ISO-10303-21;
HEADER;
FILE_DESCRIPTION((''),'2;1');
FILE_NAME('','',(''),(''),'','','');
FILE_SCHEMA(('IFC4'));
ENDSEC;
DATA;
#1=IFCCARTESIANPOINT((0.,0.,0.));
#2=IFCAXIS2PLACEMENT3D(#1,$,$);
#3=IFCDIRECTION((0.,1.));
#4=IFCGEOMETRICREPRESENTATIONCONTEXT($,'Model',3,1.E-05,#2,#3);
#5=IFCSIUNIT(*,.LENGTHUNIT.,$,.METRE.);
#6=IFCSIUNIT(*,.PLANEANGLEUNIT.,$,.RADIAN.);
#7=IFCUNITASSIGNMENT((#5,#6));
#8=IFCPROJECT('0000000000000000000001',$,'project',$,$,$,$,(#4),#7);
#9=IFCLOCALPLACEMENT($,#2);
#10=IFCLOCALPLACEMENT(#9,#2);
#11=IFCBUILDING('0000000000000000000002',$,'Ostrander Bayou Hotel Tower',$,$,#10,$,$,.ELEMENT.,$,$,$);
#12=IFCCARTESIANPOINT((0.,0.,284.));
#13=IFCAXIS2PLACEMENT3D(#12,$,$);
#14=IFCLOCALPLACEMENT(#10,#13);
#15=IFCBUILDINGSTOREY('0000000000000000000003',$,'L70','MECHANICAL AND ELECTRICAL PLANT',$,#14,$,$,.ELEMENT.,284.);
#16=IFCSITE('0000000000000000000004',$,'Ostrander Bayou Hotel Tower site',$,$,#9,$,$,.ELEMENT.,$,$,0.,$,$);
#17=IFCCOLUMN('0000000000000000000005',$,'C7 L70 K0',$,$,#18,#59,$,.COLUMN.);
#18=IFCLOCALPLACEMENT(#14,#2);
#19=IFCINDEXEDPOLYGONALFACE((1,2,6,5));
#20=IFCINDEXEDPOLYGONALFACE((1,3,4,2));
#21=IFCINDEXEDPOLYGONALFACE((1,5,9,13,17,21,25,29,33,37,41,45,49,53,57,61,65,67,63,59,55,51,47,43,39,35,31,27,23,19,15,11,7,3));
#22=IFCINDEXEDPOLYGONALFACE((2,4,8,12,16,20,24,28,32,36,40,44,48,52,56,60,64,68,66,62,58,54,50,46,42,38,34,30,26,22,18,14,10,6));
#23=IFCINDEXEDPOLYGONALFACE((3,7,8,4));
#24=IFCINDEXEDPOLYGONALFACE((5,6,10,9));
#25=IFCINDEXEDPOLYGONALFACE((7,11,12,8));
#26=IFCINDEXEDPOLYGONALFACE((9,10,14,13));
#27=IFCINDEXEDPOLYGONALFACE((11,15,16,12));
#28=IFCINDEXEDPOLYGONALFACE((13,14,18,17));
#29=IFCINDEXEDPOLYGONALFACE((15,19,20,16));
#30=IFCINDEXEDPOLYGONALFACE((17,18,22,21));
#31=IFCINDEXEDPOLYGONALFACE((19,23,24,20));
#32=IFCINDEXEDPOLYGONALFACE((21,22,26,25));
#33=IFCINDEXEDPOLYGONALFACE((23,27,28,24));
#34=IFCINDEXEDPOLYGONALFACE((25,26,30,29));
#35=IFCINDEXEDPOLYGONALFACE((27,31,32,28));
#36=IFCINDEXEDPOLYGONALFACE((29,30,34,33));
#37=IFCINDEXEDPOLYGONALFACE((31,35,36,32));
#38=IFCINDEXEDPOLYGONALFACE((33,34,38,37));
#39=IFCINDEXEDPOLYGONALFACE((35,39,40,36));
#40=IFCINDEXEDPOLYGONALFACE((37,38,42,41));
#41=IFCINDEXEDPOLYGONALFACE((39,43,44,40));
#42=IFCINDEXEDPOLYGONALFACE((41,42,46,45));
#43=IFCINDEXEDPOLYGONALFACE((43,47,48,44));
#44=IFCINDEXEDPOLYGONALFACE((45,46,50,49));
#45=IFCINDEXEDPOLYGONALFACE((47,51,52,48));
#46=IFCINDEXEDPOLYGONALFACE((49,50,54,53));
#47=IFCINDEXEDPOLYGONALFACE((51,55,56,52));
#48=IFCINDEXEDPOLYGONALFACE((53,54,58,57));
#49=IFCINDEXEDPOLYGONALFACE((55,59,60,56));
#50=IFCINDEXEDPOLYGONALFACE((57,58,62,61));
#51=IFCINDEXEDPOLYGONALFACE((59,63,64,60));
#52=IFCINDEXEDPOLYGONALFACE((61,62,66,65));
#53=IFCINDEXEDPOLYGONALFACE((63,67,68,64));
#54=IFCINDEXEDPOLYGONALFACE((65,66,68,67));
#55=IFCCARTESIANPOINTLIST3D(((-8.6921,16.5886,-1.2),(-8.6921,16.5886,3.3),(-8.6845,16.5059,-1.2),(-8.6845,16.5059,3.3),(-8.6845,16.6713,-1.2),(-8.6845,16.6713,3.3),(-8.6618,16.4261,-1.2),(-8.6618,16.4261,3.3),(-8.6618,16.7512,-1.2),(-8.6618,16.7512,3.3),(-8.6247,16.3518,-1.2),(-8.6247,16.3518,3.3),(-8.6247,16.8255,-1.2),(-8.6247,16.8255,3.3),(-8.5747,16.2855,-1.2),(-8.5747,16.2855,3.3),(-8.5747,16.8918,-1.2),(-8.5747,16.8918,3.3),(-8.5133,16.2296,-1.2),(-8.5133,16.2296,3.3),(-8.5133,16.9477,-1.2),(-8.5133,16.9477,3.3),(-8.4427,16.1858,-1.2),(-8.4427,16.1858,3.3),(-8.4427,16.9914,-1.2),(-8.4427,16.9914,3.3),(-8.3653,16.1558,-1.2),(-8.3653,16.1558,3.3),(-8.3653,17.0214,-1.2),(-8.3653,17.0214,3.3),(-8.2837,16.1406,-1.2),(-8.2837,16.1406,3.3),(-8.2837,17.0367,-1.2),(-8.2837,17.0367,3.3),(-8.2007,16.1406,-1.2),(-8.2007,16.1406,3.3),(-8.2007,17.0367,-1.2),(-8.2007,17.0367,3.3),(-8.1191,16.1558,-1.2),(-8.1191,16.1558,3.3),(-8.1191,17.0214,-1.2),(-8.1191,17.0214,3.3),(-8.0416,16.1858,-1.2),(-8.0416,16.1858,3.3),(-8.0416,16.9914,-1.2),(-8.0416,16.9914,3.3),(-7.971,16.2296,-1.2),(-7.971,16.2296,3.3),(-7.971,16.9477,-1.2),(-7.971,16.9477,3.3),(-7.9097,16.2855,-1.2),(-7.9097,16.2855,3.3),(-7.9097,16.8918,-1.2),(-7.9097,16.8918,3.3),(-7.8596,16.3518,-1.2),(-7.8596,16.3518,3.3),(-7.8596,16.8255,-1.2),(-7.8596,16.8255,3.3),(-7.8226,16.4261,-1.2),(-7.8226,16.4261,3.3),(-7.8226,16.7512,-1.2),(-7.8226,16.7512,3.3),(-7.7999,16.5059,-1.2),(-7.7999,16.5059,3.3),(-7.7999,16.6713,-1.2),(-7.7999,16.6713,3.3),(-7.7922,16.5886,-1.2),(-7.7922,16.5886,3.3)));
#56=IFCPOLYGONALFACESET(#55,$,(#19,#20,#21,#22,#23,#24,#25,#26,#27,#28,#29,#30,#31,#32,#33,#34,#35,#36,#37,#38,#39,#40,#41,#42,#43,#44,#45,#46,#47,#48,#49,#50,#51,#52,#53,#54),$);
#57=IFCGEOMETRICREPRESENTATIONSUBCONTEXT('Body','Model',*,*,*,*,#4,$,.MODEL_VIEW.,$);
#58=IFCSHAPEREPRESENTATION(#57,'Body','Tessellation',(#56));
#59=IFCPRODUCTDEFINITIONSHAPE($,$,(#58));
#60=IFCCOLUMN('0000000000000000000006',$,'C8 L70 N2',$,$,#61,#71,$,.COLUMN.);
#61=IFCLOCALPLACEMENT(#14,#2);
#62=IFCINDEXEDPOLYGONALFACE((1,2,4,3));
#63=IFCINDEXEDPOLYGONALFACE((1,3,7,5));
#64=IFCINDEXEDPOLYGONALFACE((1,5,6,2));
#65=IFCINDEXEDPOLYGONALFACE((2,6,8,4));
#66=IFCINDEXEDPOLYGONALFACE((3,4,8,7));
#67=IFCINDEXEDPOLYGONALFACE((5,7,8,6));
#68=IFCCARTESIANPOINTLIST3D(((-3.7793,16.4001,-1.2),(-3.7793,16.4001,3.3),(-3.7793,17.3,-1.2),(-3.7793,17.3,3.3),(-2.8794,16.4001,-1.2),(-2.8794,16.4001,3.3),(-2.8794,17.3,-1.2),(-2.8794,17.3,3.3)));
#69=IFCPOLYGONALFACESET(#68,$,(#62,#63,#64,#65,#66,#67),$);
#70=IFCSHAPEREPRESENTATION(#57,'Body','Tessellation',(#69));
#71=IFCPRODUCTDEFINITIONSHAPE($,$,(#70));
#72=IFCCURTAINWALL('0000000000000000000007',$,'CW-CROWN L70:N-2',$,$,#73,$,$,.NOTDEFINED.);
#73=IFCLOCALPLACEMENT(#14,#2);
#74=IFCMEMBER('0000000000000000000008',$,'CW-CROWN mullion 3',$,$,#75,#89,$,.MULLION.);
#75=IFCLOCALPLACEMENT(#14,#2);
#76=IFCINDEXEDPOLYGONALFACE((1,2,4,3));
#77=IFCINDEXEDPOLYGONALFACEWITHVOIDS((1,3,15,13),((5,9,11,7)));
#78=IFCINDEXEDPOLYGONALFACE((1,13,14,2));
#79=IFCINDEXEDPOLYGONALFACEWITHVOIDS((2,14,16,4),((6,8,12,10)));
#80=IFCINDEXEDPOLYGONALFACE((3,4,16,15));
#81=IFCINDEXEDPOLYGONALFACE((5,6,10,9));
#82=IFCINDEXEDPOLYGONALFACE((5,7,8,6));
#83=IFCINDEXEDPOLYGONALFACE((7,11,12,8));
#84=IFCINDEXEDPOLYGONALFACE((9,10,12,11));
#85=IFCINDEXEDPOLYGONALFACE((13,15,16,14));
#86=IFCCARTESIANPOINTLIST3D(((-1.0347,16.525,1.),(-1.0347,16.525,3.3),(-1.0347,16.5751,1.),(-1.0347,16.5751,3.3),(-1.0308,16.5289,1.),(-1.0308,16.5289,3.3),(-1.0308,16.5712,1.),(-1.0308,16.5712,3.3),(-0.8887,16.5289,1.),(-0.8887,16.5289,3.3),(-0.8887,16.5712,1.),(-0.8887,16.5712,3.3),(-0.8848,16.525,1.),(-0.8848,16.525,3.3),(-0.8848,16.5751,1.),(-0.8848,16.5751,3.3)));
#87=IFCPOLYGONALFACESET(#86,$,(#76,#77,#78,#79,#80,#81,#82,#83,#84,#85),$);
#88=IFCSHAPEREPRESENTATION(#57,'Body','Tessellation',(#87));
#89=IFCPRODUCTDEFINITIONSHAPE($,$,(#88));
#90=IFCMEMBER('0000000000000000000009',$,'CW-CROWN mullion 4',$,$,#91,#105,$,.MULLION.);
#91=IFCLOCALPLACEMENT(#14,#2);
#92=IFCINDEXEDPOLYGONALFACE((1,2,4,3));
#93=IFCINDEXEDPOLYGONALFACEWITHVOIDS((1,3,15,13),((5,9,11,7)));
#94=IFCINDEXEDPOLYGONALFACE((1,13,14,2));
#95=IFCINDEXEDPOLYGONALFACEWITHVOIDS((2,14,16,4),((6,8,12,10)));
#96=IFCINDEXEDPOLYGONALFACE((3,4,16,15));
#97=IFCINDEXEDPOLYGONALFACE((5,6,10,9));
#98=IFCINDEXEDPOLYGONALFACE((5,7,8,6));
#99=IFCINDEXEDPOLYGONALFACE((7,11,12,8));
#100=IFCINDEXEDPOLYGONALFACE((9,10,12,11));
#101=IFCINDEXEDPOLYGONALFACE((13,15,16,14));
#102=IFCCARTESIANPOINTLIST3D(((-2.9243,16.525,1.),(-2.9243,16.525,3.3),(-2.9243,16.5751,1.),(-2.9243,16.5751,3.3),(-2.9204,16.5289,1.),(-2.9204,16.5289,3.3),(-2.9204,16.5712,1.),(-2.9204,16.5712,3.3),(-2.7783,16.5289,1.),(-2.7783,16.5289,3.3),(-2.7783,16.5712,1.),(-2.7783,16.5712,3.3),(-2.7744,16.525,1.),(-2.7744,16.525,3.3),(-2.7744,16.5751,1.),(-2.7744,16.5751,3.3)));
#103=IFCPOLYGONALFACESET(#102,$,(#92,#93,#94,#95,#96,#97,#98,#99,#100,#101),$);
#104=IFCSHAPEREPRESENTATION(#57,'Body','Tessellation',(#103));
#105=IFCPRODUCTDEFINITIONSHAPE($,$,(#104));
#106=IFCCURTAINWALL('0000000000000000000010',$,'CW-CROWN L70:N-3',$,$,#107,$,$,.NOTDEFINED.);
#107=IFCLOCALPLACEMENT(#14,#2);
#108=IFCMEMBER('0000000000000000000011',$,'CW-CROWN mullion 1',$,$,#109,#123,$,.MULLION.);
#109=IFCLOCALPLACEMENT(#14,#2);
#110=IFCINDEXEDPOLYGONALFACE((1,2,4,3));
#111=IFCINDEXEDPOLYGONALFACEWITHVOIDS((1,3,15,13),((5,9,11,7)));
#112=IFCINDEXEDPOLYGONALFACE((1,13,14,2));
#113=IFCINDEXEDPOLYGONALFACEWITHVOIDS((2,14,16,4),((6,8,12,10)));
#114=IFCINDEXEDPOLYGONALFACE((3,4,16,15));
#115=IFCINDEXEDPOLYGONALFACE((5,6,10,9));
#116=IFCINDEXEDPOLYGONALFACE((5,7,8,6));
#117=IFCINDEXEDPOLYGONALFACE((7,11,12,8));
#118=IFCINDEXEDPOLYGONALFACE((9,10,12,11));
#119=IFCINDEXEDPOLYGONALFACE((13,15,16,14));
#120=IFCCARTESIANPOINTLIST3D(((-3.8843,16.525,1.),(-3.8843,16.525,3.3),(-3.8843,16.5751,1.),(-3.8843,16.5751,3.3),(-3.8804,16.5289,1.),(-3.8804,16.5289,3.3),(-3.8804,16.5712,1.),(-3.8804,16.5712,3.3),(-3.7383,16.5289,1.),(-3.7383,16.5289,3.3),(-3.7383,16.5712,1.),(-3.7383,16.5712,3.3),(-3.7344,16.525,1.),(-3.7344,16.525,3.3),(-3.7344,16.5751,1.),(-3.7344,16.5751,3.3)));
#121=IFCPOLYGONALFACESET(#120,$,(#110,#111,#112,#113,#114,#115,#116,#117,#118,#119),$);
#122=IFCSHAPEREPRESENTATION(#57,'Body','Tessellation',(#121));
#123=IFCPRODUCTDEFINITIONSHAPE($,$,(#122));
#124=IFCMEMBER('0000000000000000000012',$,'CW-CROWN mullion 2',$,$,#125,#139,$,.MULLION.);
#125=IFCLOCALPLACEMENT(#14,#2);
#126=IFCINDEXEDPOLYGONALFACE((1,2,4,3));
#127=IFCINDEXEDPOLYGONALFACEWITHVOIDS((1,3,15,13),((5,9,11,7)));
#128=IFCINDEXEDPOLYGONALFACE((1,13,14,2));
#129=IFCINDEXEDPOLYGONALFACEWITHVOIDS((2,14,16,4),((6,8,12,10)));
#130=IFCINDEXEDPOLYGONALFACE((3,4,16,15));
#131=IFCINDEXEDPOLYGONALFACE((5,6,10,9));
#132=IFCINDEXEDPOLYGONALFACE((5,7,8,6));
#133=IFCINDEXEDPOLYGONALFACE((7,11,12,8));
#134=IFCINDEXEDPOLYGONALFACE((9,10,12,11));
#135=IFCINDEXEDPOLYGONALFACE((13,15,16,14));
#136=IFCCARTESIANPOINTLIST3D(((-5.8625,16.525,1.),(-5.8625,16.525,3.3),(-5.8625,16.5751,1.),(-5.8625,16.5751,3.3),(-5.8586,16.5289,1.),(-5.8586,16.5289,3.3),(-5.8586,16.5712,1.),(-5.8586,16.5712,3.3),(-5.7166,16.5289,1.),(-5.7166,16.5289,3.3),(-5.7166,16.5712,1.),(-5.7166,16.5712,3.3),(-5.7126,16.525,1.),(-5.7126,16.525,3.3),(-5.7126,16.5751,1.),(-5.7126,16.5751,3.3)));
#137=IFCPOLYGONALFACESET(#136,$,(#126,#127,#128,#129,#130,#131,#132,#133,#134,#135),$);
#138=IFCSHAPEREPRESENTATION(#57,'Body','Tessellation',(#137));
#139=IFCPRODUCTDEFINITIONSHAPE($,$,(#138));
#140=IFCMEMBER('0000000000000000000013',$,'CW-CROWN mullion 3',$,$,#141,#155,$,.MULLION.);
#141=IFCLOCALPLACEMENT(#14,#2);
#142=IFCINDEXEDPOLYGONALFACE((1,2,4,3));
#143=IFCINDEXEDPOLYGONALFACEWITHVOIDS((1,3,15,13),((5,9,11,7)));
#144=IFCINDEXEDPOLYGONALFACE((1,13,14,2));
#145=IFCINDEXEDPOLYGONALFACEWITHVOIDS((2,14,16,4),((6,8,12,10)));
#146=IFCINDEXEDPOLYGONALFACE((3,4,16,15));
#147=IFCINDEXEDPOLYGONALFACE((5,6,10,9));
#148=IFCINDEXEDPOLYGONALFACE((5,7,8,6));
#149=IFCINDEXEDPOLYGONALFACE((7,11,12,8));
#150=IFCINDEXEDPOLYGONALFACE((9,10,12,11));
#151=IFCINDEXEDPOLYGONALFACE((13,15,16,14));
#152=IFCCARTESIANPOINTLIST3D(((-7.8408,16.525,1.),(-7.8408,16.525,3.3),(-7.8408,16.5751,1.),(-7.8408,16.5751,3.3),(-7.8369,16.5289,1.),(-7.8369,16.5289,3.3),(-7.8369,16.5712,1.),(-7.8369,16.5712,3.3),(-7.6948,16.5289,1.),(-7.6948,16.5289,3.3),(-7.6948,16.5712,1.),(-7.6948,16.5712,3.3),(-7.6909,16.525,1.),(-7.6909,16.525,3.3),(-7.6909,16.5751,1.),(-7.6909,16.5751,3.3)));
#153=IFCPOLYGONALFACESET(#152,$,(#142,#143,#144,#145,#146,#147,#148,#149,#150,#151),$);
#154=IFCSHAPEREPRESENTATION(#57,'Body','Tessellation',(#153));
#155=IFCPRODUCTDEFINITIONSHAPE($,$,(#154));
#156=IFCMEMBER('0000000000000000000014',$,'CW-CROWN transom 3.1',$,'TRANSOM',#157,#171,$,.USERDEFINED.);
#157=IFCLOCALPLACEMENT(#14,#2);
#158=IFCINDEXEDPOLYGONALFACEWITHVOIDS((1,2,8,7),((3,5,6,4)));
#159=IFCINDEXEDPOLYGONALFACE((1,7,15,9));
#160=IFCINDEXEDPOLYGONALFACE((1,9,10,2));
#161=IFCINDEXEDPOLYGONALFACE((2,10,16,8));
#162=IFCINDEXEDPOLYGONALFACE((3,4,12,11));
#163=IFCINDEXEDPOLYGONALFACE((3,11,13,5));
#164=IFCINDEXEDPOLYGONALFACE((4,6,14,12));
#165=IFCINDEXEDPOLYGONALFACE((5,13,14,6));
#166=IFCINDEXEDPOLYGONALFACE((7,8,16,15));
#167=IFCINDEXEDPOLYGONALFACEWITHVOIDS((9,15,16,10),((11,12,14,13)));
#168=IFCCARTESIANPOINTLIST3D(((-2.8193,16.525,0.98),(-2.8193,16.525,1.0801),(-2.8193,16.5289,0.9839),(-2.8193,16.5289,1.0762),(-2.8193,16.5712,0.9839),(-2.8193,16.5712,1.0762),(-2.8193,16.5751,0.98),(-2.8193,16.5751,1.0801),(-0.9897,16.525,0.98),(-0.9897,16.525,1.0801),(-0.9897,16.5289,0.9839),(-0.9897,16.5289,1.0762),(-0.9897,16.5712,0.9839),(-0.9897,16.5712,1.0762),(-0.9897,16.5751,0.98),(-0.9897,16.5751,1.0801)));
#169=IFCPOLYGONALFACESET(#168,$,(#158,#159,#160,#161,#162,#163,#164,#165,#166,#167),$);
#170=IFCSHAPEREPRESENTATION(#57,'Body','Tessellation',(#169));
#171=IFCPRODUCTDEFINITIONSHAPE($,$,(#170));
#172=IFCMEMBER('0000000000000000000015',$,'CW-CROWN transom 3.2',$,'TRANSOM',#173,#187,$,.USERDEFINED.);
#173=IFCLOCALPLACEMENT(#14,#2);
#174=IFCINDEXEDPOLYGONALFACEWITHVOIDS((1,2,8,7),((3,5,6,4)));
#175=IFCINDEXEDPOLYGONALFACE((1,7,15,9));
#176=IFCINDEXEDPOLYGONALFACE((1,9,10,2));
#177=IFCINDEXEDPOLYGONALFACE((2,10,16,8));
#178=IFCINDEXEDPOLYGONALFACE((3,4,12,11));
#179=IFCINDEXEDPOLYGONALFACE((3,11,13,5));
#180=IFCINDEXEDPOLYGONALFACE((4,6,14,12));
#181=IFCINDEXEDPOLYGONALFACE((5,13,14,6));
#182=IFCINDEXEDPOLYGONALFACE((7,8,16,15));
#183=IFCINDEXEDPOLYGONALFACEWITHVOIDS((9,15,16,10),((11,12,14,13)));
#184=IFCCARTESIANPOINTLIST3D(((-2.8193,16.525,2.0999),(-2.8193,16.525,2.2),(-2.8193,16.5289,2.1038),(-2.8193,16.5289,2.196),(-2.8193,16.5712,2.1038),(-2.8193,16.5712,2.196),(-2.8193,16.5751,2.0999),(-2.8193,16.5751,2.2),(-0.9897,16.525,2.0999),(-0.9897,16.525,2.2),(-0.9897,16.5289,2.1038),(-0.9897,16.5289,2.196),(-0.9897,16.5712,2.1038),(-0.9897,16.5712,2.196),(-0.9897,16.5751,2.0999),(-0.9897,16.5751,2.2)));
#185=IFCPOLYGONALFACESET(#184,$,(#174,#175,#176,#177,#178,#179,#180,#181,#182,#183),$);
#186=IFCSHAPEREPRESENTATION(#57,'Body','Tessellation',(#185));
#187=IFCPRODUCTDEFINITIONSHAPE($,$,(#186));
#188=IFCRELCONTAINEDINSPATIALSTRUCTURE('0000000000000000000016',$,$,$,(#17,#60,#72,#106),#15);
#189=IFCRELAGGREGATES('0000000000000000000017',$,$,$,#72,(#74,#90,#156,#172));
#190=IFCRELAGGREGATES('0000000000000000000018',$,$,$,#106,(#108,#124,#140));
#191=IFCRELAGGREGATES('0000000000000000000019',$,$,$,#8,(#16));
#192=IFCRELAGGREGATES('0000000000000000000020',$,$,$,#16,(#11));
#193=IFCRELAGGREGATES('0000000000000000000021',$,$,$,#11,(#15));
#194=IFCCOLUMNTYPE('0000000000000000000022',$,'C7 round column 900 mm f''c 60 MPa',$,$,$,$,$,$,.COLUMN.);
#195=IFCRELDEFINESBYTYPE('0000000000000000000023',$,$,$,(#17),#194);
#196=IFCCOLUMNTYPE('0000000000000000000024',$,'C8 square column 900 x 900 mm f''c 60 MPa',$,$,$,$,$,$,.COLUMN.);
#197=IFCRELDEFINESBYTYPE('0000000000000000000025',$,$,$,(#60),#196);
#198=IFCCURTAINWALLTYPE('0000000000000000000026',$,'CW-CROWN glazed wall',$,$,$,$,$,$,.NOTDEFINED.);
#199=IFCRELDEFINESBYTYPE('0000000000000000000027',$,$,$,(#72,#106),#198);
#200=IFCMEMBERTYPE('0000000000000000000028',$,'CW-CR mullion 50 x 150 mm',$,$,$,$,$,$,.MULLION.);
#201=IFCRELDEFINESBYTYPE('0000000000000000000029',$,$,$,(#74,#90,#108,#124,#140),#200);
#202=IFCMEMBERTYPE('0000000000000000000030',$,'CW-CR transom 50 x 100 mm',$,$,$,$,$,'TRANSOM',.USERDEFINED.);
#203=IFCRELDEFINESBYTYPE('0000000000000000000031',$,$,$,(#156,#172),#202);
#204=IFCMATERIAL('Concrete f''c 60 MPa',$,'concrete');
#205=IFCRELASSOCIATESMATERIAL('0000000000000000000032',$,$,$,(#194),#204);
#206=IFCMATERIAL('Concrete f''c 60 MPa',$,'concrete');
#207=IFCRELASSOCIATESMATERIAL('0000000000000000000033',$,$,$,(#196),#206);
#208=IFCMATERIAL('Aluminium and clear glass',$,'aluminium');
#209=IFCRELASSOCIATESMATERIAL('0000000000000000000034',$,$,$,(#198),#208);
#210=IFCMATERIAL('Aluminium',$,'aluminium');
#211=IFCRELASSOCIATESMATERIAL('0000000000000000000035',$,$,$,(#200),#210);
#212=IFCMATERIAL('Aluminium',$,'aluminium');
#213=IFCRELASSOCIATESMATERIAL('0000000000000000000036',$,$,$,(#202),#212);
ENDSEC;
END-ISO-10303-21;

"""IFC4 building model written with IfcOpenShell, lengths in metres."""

from ifc_helpers import new_model, si_unit, direction, frame, origin, origin_2d, place, context, subcontext, project, spatial, rectangle, hollow_rectangle, circle, extrude, material, material_profile, profile_set, type_object, element, aggregate, save


model = new_model("IFC4")

# Units and contexts
model_context = context("Model", 3, precision=1e-05, world=origin(), true_north=direction((0.0, 1.0)))
body_context = subcontext(model_context, "Body", "Model", "MODEL_VIEW")
ifc_project = project(units=[si_unit("LENGTHUNIT", "METRE"), si_unit("PLANEANGLEUNIT", "RADIAN")], contexts=[model_context])

# Site, building, storey
site_placement = place(None, origin())
site = spatial("IfcSite", under=ifc_project, at=site_placement, Name="Ostrander Bayou Hotel Tower site", CompositionType="ELEMENT", RefElevation=0.0)
building_placement = place(site_placement, origin())
building = spatial("IfcBuilding", under=site, at=building_placement, Name="Ostrander Bayou Hotel Tower", CompositionType="ELEMENT")
storey_placement = place(building_placement, frame((0.0, 0.0, 284.0)))
storey = spatial("IfcBuildingStorey", under=building, at=storey_placement, Name="L70", Description="MECHANICAL AND ELECTRICAL PLANT", CompositionType="ELEMENT", Elevation=284.0)

# Columns
ifc_material_1 = material(Name="Concrete f'c 60 MPa", Category="concrete")
ifc_material_profile_1 = material_profile(ifc_material_1, circle(Radius=0.45, at=origin_2d()))
ifc_profile_set_1 = profile_set([ifc_material_profile_1], Name="Concrete f'c 60 MPa")
column_type_1 = type_object("IfcColumnType", Name="C7 round column 900 mm f'c 60 MPa", PredefinedType="COLUMN", material=ifc_profile_set_1)
column_1_placement = place(storey_placement, frame((-8.2422, 16.5886, -1.2), z_axis=(0.0, 0.0, 1.0), x_axis=(1.0, 0.0, 0.0)))
element("IfcColumn", 1, at=column_1_placement, inside=storey, type_object=column_type_1, Name="C7 L70 K0", PredefinedType="COLUMN", context=body_context, shape_type="SweptSolid", body=[
    extrude(circle(Radius=0.45, at=origin_2d()), origin(), (0.0, 0.0, 1.0), 4.5),
])
ifc_material_2 = material(Name="Concrete f'c 60 MPa", Category="concrete")
ifc_material_profile_2 = material_profile(ifc_material_2, rectangle(XDim=0.8999, YDim=0.8999, at=origin_2d()))
ifc_profile_set_2 = profile_set([ifc_material_profile_2], Name="Concrete f'c 60 MPa")
column_type_2 = type_object("IfcColumnType", Name="C8 square column 900 x 900 mm f'c 60 MPa", PredefinedType="COLUMN", material=ifc_profile_set_2)
column_2_placement = place(storey_placement, frame((-3.3293, 16.8501, -1.2), z_axis=(0.0, 0.0, 1.0), x_axis=(1.0, 0.0, 0.0)))
element("IfcColumn", 2, at=column_2_placement, inside=storey, type_object=column_type_2, Name="C8 L70 N2", PredefinedType="COLUMN", context=body_context, shape_type="SweptSolid", body=[
    extrude(rectangle(XDim=0.8999, YDim=0.8999, at=origin_2d()), origin(), (0.0, 0.0, 1.0), 4.5),
])

# Curtain walls, members
ifc_material_3 = material(Name="Aluminium and clear glass", Category="aluminium")
curtain_wall_type = type_object("IfcCurtainWallType", Name="CW-CROWN glazed wall", PredefinedType="NOTDEFINED", material=ifc_material_3)
curtain_wall_1_placement = place(storey_placement, origin())
curtain_wall_1 = element("IfcCurtainWall", 3, at=curtain_wall_1_placement, inside=storey, type_object=curtain_wall_type, Name="CW-CROWN L70:N-2", PredefinedType="NOTDEFINED")
ifc_material_4 = material(Name="Aluminium", Category="aluminium")
ifc_material_profile_3 = material_profile(ifc_material_4, hollow_rectangle(XDim=0.05, YDim=0.1499, WallThickness=0.0039, at=origin_2d()))
ifc_profile_set_3 = profile_set([ifc_material_profile_3], Name="Aluminium")
member_type_1 = type_object("IfcMemberType", Name="CW-CR mullion 50 x 150 mm", PredefinedType="MULLION", material=ifc_profile_set_3)
member_1_placement = place(storey_placement, frame((-0.9597, 16.55, 1.0), z_axis=(0.0, 0.0, 1.0), x_axis=(0.0, -1.0, 0.0)))
member_1 = element("IfcMember", 4, at=member_1_placement, type_object=member_type_1, Name="CW-CROWN mullion 3", PredefinedType="MULLION", context=body_context, shape_type="SweptSolid", body=[
    extrude(hollow_rectangle(XDim=0.05, YDim=0.1499, WallThickness=0.0039, at=origin_2d()), origin(), (0.0, 0.0, 1.0), 2.3),
])
member_2_placement = place(storey_placement, frame((-2.8494, 16.55, 1.0), z_axis=(0.0, 0.0, 1.0), x_axis=(0.0, -1.0, 0.0)))
member_2 = element("IfcMember", 5, at=member_2_placement, type_object=member_type_1, Name="CW-CROWN mullion 4", PredefinedType="MULLION", context=body_context, shape_type="SweptSolid", body=[
    extrude(hollow_rectangle(XDim=0.05, YDim=0.1499, WallThickness=0.0039, at=origin_2d()), origin(), (0.0, 0.0, 1.0), 2.3),
])
curtain_wall_2_placement = place(storey_placement, origin())
curtain_wall_2 = element("IfcCurtainWall", 6, at=curtain_wall_2_placement, inside=storey, type_object=curtain_wall_type, Name="CW-CROWN L70:N-3", PredefinedType="NOTDEFINED")
member_3_placement = place(storey_placement, frame((-3.8093, 16.55, 1.0), z_axis=(0.0, 0.0, 1.0), x_axis=(0.0, -1.0, 0.0)))
member_3 = element("IfcMember", 7, at=member_3_placement, type_object=member_type_1, Name="CW-CROWN mullion 1", PredefinedType="MULLION", context=body_context, shape_type="SweptSolid", body=[
    extrude(hollow_rectangle(XDim=0.05, YDim=0.1499, WallThickness=0.0039, at=origin_2d()), origin(), (0.0, 0.0, 1.0), 2.3),
])
member_4_placement = place(storey_placement, frame((-5.7876, 16.55, 1.0), z_axis=(0.0, 0.0, 1.0), x_axis=(0.0, -1.0, 0.0)))
member_4 = element("IfcMember", 8, at=member_4_placement, type_object=member_type_1, Name="CW-CROWN mullion 2", PredefinedType="MULLION", context=body_context, shape_type="SweptSolid", body=[
    extrude(hollow_rectangle(XDim=0.05, YDim=0.1499, WallThickness=0.0039, at=origin_2d()), origin(), (0.0, 0.0, 1.0), 2.3),
])
member_5_placement = place(storey_placement, frame((-7.7659, 16.55, 1.0), z_axis=(0.0, 0.0, 1.0), x_axis=(0.0, -1.0, 0.0)))
member_5 = element("IfcMember", 9, at=member_5_placement, type_object=member_type_1, Name="CW-CROWN mullion 3", PredefinedType="MULLION", context=body_context, shape_type="SweptSolid", body=[
    extrude(hollow_rectangle(XDim=0.05, YDim=0.1499, WallThickness=0.0039, at=origin_2d()), origin(), (0.0, 0.0, 1.0), 2.3),
])

# Members
ifc_material_5 = material(Name="Aluminium", Category="aluminium")
ifc_material_profile_4 = material_profile(ifc_material_5, hollow_rectangle(XDim=0.05, YDim=0.1001, WallThickness=0.0039, at=origin_2d()))
ifc_profile_set_4 = profile_set([ifc_material_profile_4], Name="Aluminium")
member_type_2 = type_object("IfcMemberType", Name="CW-CR transom 50 x 100 mm", ElementType="TRANSOM", PredefinedType="USERDEFINED", material=ifc_profile_set_4)
member_6_placement = place(storey_placement, frame((-0.9897, 16.55, 1.03), z_axis=(-1.0, 0.0, 0.0), x_axis=(0.0, -1.0, 0.0)))
member_6 = element("IfcMember", 10, at=member_6_placement, type_object=member_type_2, Name="CW-CROWN transom 3.1", ObjectType="TRANSOM", PredefinedType="USERDEFINED", context=body_context, shape_type="SweptSolid", body=[
    extrude(hollow_rectangle(XDim=0.05, YDim=0.1001, WallThickness=0.0039, at=origin_2d()), origin(), (0.0, 0.0, 1.0), 1.8296),
])
member_7_placement = place(storey_placement, frame((-0.9897, 16.55, 2.1499), z_axis=(-1.0, 0.0, 0.0), x_axis=(0.0, -1.0, 0.0)))
member_7 = element("IfcMember", 11, at=member_7_placement, type_object=member_type_2, Name="CW-CROWN transom 3.2", ObjectType="TRANSOM", PredefinedType="USERDEFINED", context=body_context, shape_type="SweptSolid", body=[
    extrude(hollow_rectangle(XDim=0.05, YDim=0.1001, WallThickness=0.0039, at=origin_2d()), origin(), (0.0, 0.0, 1.0), 1.8296),
])

aggregate(curtain_wall_1, [member_1, member_2, member_6, member_7])
aggregate(curtain_wall_2, [member_3, member_4, member_5])

save(model, "model.ifc")
